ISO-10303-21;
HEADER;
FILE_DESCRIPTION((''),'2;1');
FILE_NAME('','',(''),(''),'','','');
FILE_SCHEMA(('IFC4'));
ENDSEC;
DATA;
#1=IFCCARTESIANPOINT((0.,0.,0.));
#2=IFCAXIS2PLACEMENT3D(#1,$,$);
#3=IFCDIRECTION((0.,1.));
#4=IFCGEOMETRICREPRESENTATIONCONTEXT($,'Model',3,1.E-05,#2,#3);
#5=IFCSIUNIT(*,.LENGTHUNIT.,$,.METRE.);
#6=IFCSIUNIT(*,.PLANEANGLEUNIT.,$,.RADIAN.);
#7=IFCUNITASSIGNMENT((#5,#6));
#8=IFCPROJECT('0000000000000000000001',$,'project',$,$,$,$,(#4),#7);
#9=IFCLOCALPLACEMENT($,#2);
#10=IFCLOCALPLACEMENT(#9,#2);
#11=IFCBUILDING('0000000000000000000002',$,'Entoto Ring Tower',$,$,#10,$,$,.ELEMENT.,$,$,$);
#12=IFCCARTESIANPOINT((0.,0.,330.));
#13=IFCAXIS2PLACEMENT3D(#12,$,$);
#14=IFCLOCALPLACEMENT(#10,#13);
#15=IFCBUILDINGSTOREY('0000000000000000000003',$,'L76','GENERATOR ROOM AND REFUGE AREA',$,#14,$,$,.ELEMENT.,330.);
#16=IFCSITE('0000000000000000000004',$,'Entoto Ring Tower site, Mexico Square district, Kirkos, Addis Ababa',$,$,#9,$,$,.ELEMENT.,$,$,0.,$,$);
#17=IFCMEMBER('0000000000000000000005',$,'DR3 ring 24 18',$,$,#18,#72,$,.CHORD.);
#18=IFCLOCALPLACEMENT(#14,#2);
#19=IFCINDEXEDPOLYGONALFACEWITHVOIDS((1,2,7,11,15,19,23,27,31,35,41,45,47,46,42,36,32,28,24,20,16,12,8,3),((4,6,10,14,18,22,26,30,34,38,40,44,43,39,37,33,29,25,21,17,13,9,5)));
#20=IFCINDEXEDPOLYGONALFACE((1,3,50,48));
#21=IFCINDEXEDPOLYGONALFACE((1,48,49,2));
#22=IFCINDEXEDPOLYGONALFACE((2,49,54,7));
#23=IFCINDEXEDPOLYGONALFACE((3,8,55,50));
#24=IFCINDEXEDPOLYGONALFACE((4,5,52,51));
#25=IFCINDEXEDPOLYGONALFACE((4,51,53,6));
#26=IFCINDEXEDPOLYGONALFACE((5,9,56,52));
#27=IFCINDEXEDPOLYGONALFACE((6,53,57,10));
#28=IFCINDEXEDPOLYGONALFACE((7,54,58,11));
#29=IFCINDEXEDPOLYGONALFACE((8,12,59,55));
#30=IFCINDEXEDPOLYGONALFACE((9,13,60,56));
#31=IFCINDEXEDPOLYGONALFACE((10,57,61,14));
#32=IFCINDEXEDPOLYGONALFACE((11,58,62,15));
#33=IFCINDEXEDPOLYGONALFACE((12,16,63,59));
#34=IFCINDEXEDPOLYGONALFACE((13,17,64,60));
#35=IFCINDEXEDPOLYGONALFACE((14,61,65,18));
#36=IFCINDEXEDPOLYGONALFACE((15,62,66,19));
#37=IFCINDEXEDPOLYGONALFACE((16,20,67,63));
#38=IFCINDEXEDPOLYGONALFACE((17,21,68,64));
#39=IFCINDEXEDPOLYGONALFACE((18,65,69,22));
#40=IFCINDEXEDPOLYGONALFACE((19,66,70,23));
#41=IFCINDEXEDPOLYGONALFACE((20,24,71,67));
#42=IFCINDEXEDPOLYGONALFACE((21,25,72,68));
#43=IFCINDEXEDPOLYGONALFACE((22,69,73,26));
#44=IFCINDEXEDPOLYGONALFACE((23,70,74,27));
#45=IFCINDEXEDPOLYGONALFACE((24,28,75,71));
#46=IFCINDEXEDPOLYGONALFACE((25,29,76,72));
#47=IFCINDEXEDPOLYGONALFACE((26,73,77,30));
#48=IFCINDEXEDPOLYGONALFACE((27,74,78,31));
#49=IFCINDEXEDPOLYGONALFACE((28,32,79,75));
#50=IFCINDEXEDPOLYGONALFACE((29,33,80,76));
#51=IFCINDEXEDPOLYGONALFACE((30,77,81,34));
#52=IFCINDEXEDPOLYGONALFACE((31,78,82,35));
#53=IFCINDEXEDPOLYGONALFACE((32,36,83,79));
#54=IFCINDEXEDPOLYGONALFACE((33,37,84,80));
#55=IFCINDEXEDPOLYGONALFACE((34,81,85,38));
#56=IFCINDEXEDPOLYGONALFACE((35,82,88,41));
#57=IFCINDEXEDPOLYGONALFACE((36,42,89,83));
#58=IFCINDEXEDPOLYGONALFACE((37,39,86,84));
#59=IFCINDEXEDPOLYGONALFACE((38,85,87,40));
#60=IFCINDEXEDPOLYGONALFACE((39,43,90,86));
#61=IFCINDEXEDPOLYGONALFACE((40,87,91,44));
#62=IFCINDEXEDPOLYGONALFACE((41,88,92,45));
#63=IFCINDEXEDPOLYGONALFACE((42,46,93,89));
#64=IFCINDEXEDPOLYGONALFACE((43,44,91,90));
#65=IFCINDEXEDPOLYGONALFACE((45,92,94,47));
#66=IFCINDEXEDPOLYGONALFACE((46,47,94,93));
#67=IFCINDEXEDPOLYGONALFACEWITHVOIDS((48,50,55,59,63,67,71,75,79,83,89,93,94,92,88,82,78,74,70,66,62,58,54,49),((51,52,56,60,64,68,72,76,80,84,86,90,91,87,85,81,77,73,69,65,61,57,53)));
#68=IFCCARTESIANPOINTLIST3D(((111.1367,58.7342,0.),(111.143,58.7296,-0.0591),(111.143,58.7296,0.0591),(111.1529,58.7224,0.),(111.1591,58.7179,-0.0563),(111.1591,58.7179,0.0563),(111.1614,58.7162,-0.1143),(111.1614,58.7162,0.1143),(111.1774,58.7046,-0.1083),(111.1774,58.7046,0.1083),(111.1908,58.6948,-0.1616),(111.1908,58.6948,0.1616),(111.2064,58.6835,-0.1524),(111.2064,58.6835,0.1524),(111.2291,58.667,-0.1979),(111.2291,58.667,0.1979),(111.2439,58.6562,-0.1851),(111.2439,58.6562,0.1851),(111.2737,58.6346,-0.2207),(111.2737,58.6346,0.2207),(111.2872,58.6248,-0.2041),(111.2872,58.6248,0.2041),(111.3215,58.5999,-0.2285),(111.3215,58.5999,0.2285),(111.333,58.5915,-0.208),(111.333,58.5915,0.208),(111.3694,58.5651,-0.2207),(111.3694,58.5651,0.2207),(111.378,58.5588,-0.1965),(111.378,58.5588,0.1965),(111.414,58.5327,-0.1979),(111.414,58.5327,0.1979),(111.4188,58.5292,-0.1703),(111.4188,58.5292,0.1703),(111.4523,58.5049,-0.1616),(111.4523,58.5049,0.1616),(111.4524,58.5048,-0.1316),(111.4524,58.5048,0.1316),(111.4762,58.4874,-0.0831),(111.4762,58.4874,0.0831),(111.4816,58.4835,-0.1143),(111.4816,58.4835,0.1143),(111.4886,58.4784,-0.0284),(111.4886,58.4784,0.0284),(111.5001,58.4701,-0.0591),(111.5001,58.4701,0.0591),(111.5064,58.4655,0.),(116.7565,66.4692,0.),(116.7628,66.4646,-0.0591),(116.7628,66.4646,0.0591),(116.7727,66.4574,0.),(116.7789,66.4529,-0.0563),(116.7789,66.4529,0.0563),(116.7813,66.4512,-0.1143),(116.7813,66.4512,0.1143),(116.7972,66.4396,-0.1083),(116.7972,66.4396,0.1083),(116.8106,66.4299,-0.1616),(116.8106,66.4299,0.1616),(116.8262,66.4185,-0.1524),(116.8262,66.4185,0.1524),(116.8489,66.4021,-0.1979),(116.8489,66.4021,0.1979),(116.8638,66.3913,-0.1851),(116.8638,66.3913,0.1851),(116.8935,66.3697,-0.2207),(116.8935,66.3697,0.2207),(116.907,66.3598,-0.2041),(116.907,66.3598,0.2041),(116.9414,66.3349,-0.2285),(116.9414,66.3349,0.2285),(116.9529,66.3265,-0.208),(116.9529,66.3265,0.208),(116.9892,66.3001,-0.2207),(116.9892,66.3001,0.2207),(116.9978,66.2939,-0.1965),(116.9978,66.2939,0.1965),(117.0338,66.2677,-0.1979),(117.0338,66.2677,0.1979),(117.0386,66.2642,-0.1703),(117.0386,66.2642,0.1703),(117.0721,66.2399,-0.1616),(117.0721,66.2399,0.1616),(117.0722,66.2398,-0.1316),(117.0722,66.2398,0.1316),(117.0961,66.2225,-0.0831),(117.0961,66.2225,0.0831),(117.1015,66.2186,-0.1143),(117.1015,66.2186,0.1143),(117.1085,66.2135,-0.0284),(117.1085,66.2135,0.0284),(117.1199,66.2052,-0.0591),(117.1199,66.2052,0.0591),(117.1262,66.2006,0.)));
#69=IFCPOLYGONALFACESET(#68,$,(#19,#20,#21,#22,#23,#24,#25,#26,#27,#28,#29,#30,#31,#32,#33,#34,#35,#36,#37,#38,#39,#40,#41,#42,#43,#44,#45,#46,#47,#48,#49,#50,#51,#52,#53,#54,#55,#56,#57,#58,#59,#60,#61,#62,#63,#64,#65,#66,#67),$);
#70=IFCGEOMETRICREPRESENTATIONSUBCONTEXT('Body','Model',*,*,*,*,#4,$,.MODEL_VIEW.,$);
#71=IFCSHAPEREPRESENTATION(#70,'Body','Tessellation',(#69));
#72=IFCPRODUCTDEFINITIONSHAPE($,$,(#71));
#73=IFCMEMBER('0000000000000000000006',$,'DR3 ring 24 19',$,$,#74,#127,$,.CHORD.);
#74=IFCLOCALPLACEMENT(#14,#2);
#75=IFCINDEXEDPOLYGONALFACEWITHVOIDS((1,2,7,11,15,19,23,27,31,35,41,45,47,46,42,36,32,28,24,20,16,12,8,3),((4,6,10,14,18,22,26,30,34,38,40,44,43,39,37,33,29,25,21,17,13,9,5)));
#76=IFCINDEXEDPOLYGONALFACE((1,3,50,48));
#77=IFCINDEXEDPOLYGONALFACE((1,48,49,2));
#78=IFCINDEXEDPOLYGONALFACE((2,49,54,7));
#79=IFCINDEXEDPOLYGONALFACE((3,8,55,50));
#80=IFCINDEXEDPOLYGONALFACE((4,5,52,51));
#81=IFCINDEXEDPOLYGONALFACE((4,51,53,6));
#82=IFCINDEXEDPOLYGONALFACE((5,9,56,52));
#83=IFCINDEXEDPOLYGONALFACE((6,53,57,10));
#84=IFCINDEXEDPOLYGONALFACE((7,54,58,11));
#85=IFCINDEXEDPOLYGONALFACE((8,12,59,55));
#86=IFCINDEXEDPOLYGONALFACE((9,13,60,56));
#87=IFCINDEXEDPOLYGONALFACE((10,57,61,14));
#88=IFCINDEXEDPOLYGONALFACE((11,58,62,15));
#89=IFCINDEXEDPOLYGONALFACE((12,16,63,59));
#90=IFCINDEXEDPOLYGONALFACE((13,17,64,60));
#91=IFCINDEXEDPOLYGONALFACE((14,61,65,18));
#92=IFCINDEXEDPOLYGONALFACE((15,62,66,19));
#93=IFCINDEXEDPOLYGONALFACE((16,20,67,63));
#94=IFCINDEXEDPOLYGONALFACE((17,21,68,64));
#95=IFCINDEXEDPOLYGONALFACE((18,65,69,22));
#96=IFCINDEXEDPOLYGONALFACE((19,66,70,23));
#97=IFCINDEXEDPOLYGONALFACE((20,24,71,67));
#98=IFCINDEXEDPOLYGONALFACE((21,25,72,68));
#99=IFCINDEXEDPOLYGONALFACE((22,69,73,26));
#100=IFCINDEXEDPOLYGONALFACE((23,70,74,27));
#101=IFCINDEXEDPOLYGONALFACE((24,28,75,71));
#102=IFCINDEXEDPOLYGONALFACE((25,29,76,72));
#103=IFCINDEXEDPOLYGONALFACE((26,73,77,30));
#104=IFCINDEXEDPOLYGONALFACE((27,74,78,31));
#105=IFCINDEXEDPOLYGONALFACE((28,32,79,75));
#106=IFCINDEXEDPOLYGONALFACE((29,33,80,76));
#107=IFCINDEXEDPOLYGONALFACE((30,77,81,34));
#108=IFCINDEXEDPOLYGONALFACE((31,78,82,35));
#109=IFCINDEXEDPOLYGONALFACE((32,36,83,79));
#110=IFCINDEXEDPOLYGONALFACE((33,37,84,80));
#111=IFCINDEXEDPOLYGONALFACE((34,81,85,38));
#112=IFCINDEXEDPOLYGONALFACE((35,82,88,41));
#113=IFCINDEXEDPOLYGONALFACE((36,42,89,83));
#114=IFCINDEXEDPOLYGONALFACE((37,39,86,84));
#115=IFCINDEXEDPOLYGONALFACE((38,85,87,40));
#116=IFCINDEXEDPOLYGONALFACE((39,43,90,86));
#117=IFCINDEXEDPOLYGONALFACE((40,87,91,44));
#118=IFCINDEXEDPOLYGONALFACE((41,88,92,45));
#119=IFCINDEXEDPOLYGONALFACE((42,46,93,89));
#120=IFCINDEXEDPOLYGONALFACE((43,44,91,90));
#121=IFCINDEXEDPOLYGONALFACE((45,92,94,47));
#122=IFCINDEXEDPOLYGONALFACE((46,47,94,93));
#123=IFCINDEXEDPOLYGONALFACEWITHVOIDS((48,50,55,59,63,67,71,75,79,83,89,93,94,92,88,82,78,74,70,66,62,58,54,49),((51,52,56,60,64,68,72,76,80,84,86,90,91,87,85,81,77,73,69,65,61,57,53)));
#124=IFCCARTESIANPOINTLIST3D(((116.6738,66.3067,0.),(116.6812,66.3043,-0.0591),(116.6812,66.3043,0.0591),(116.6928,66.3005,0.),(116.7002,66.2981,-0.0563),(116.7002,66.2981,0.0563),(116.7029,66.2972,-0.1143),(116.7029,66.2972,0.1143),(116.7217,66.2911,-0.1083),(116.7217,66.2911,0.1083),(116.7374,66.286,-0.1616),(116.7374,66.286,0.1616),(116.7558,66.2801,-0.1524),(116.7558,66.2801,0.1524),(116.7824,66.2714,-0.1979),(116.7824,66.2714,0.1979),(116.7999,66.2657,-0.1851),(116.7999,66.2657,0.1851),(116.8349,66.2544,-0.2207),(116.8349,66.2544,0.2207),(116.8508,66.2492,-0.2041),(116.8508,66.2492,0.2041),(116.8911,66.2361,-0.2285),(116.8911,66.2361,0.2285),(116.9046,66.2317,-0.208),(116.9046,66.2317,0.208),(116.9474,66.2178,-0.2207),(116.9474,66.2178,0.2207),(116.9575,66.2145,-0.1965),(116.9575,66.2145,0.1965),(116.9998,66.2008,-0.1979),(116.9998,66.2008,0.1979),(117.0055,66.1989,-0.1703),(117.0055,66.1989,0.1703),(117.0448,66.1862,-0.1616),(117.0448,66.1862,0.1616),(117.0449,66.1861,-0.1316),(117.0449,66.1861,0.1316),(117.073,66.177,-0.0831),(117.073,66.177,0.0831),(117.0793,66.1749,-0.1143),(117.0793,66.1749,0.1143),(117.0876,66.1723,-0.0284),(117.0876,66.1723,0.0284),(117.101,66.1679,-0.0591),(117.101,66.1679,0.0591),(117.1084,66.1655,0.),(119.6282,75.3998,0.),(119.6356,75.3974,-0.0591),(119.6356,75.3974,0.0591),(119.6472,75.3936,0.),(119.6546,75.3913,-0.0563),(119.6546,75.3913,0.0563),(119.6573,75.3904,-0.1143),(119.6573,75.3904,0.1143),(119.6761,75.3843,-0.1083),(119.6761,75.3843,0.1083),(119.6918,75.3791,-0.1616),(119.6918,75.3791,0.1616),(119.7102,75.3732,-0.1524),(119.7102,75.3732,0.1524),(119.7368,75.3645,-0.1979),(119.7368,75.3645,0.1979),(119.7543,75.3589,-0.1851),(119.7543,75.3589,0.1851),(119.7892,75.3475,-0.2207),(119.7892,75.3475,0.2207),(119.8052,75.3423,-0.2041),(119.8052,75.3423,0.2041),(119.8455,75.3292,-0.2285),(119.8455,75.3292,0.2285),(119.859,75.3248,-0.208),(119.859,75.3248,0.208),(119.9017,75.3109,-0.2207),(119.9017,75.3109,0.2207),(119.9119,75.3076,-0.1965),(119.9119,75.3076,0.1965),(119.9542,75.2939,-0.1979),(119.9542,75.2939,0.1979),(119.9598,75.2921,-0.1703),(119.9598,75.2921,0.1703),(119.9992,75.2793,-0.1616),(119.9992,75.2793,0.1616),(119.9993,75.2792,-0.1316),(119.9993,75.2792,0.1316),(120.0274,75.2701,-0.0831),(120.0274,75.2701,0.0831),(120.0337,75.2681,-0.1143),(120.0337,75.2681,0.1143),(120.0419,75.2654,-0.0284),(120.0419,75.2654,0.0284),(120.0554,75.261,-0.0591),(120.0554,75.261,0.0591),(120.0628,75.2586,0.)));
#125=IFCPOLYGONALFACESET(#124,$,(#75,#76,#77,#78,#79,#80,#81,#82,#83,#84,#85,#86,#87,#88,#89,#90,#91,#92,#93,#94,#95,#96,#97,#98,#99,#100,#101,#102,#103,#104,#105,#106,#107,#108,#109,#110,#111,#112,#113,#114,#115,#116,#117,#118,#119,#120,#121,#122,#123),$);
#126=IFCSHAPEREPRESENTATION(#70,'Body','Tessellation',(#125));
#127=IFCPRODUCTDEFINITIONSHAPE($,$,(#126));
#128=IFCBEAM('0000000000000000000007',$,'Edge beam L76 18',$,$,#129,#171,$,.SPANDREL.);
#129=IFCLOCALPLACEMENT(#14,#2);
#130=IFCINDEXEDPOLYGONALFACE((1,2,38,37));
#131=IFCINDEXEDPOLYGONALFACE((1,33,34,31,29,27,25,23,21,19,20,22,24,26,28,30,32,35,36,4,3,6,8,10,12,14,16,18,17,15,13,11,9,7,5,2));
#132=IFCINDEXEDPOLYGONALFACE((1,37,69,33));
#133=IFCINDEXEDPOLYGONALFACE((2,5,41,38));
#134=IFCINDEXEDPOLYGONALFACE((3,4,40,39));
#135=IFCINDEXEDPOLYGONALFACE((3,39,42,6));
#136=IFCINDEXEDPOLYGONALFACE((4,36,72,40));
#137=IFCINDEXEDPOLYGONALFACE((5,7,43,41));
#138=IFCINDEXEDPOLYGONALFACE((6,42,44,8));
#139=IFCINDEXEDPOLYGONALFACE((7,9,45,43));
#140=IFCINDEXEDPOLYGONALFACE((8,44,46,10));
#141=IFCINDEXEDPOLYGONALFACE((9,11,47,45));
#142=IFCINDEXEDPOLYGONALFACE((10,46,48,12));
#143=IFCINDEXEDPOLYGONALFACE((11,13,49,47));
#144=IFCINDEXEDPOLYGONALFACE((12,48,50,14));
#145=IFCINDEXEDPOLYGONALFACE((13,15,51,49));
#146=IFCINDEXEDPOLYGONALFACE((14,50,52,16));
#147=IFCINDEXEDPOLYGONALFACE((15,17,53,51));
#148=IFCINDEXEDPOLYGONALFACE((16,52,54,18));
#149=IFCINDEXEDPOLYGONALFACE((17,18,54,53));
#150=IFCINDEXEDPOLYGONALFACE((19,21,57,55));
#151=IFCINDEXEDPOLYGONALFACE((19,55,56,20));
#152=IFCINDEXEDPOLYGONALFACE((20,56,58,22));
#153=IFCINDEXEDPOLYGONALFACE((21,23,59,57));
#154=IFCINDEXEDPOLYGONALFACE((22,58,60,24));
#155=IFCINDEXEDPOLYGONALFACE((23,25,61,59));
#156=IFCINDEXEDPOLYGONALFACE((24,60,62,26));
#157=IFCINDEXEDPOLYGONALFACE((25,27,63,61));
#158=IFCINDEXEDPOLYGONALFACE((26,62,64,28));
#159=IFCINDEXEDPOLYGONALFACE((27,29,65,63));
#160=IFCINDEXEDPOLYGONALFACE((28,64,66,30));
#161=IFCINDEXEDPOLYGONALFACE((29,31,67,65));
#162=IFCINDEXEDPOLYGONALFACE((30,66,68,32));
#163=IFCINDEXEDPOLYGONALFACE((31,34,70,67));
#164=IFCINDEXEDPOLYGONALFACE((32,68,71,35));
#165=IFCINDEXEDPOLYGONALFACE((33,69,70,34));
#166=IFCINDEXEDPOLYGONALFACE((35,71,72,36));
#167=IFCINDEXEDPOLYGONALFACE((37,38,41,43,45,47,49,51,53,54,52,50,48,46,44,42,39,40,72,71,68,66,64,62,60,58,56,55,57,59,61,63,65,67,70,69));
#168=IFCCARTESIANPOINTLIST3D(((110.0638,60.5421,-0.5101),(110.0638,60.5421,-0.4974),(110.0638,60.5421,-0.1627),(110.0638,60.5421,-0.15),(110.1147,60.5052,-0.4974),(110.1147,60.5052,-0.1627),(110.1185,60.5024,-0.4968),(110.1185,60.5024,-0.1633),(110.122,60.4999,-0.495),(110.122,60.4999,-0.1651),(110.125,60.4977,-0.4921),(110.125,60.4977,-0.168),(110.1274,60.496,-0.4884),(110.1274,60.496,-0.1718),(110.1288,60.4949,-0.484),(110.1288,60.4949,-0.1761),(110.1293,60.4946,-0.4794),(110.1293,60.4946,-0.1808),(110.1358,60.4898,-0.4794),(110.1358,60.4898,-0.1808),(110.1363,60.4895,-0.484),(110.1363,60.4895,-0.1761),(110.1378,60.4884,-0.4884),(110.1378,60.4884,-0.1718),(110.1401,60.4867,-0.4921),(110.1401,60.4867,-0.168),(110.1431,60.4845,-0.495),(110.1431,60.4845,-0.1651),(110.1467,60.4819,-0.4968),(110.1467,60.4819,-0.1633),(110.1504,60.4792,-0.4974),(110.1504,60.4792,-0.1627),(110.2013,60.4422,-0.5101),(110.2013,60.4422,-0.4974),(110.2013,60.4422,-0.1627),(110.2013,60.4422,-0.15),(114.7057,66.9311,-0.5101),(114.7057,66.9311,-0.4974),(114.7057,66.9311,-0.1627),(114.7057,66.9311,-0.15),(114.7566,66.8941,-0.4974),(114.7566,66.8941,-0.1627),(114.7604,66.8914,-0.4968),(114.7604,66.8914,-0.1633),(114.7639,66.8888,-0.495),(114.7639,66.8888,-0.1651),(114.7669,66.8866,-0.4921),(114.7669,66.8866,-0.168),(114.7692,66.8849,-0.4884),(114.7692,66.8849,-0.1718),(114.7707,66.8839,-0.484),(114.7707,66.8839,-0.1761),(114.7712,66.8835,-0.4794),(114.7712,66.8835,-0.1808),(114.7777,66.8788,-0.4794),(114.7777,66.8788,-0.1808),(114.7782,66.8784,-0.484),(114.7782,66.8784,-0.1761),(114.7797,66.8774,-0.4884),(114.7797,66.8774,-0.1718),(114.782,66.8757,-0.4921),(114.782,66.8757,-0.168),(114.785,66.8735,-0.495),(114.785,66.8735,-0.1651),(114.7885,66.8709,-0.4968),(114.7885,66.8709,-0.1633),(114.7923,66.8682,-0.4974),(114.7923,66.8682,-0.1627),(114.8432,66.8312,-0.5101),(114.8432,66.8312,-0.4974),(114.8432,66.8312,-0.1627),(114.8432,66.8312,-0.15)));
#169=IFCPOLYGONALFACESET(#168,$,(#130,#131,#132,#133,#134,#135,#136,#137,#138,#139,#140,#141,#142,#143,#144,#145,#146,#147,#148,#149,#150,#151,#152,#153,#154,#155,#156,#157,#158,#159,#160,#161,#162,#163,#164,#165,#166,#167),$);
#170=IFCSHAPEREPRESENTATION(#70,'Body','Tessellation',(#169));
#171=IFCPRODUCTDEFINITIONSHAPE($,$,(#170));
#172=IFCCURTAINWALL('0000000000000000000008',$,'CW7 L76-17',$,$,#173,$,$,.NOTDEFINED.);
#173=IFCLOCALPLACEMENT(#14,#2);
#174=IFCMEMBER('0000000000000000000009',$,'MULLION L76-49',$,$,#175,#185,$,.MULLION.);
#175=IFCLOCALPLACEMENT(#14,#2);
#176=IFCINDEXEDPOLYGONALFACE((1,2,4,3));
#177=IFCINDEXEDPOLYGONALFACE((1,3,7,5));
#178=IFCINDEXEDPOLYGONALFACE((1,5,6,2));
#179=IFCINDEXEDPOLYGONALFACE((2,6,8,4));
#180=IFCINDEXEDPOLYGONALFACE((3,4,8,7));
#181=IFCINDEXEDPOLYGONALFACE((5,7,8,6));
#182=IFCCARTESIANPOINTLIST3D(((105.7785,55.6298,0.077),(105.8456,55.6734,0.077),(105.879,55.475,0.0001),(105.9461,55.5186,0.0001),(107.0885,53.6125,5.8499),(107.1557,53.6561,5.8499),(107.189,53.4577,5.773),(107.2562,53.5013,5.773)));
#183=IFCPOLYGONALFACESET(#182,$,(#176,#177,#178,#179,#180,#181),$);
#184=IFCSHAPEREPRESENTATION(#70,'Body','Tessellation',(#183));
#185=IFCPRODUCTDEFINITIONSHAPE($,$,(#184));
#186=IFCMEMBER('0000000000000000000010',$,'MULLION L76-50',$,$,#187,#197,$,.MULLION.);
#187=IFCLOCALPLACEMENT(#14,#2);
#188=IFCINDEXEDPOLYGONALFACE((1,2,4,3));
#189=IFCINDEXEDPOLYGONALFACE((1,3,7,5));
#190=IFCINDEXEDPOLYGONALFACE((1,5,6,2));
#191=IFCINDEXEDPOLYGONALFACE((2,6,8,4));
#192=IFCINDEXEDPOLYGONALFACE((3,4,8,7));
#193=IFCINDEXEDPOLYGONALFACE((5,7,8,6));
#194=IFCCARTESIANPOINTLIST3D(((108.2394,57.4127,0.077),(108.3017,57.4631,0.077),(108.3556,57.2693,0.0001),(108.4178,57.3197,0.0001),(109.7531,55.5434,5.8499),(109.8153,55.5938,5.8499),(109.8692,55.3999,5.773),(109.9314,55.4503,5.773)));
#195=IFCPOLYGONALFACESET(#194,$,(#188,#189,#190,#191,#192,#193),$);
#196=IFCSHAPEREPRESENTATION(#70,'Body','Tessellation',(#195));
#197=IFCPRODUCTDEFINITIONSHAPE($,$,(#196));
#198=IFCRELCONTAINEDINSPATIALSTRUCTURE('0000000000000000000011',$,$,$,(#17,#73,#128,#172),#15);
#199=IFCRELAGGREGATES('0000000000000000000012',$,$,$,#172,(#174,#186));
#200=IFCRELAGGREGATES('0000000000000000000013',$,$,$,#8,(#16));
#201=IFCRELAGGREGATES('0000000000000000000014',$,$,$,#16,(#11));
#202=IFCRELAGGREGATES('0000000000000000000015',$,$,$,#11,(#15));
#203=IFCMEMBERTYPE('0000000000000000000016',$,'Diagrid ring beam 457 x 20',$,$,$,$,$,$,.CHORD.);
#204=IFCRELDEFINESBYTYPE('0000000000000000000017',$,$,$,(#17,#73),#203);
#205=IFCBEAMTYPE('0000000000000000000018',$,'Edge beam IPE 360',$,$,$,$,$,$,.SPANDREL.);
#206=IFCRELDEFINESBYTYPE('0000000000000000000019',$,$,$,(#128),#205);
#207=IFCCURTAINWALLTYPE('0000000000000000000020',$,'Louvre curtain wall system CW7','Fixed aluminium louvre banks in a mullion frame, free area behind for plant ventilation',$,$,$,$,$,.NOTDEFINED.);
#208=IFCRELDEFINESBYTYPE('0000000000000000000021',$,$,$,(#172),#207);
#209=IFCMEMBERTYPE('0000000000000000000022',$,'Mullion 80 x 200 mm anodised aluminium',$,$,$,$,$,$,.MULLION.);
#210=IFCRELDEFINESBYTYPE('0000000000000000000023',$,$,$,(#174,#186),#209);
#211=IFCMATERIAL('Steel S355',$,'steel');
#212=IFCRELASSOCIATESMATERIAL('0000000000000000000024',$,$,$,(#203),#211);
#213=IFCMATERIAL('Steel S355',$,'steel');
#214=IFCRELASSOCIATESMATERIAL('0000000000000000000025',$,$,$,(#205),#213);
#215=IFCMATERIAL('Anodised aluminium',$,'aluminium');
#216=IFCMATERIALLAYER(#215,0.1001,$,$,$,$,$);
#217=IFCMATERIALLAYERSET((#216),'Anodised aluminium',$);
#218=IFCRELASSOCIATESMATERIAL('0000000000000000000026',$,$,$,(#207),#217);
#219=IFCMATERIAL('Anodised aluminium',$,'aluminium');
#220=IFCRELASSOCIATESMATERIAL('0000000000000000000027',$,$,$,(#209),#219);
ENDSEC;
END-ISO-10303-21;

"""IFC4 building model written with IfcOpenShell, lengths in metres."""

from ifc_helpers import new_model, si_unit, direction, frame, origin, origin_2d, place, context, subcontext, project, spatial, rectangle, circle, hollow_circle, i_section, extrude, material, layer, layer_set, material_profile, profile_set, type_object, element, aggregate, save


model = new_model("IFC4")

# Units and contexts
model_context = context("Model", 3, precision=1e-05, world=origin(), true_north=direction((0.0, 1.0)))
body_context = subcontext(model_context, "Body", "Model", "MODEL_VIEW")
ifc_project = project(units=[si_unit("LENGTHUNIT", "METRE"), si_unit("PLANEANGLEUNIT", "RADIAN")], contexts=[model_context])

# Site, building, storey
site_placement = place(None, origin())
site = spatial("IfcSite", under=ifc_project, at=site_placement, Name="Entoto Ring Tower site, Mexico Square district, Kirkos, Addis Ababa", CompositionType="ELEMENT", RefElevation=0.0)
building_placement = place(site_placement, origin())
building = spatial("IfcBuilding", under=site, at=building_placement, Name="Entoto Ring Tower", CompositionType="ELEMENT")
storey_placement = place(building_placement, frame((0.0, 0.0, 330.0)))
storey = spatial("IfcBuildingStorey", under=building, at=storey_placement, Name="L76", Description="GENERATOR ROOM AND REFUGE AREA", CompositionType="ELEMENT", Elevation=330.0)

# Members
ifc_material_1 = material(Name="Steel S355", Category="steel")
ifc_material_profile_1 = material_profile(ifc_material_1, hollow_circle(Radius=0.2285, WallThickness=0.02, at=origin_2d()), Name="CHS 457 x 20")
ifc_material_2 = material(Name="Concrete C60/75", Category="concrete")
ifc_material_profile_2 = material_profile(ifc_material_2, circle(Radius=0.2085, at=origin_2d()), Name="Concrete C60/75 infill")
ifc_profile_set_1 = profile_set([ifc_material_profile_1, ifc_material_profile_2], Name="Steel S355")
member_type_1 = type_object("IfcMemberType", Name="Diagrid ring beam 457 x 20", PredefinedType="CHORD", material=ifc_profile_set_1)
for number, where, z_axis, x_axis, name in (
    (1, (111.3215, 58.5999, 0.0), (0.587784, 0.809018, 0.0), (-0.809018, 0.587784, 0.0), "DR3 ring 24 18"),
    (2, (116.8911, 66.2361, 0.0), (0.309002, 0.951061, 0.0), (-0.951061, 0.309002, 0.0), "DR3 ring 24 19"),
):
    element("IfcMember", number, at=place(storey_placement, frame(where, z_axis=z_axis, x_axis=x_axis)), inside=storey, type_object=member_type_1, Name=name, PredefinedType="CHORD", context=body_context, shape_type="SweptSolid", body=[
        extrude(hollow_circle(Radius=0.2285, WallThickness=0.02, at=origin_2d()), origin(), (0.0, 0.0, 1.0), 9.561),
    ])

# Beam
ifc_material_3 = material(Name="Steel S355", Category="steel")
ifc_material_profile_3 = material_profile(ifc_material_3, i_section(OverallWidth=0.1699, OverallDepth=0.3601, WebThickness=0.0081, FlangeThickness=0.0127, FilletRadius=0.0181, at=origin_2d()), Name="IPE 360")
ifc_profile_set_2 = profile_set([ifc_material_profile_3], Name="Steel S355")
beam_type = type_object("IfcBeamType", Name="Edge beam IPE 360", PredefinedType="SPANDREL", material=ifc_profile_set_2)
beam_placement = place(storey_placement, frame((110.1326, 60.4922, -0.3301), z_axis=(0.587787, 0.809015, 0.0), x_axis=(-0.809015, 0.587787, 0.0)))
element("IfcBeam", 3, at=beam_placement, inside=storey, type_object=beam_type, Name="Edge beam L76 18", PredefinedType="SPANDREL", context=body_context, shape_type="SweptSolid", body=[
    extrude(i_section(OverallWidth=0.1699, OverallDepth=0.3601, WebThickness=0.0081, FlangeThickness=0.0127, FilletRadius=0.0181, at=origin_2d()), origin(), (0.0, 0.0, 1.0), 7.8972),
])

# Curtain wall, members
ifc_material_4 = material(Name="Anodised aluminium", Category="aluminium")
ifc_layer_1 = layer(ifc_material_4, 0.1001)
ifc_layer_set_1 = layer_set([ifc_layer_1], Name="Anodised aluminium")
curtain_wall_type = type_object("IfcCurtainWallType", Name="Louvre curtain wall system CW7", Description="Fixed aluminium louvre banks in a mullion frame, free area behind for plant ventilation", PredefinedType="NOTDEFINED", material=ifc_layer_set_1)
curtain_wall_1_placement = place(storey_placement, origin())
curtain_wall_1 = element("IfcCurtainWall", 4, at=curtain_wall_1_placement, inside=storey, type_object=curtain_wall_type, Name="CW7 L76-17", PredefinedType="NOTDEFINED")
ifc_material_5 = material(Name="Anodised aluminium", Category="aluminium")
ifc_material_profile_4 = material_profile(ifc_material_5, rectangle(XDim=0.0801, YDim=0.2, at=origin_2d()), Name="Mullion 80 x 200 mm anodised aluminium")
ifc_profile_set_3 = profile_set([ifc_material_profile_4], Name="Anodised aluminium")
member_type_2 = type_object("IfcMemberType", Name="Mullion 80 x 200 mm anodised aluminium", PredefinedType="MULLION", material=ifc_profile_set_3)
member_1_placement = place(storey_placement, frame((105.8623, 55.5742, 0.0386), z_axis=(0.209474, -0.322566, 0.923077), x_axis=(0.838673, 0.544635, 0.0)))
member_1 = element("IfcMember", 5, at=member_1_placement, type_object=member_type_2, Name="MULLION L76-49", PredefinedType="MULLION", context=body_context, shape_type="SweptSolid", body=[
    extrude(rectangle(XDim=0.0801, YDim=0.2, at=origin_2d()), origin(), (0.0, 0.0, 1.0), 6.2539),
])
member_2_placement = place(storey_placement, frame((108.3286, 57.3662, 0.0386), z_axis=(0.242032, -0.298909, 0.923078), x_axis=(0.777172, 0.629289, 0.0)))
member_2 = element("IfcMember", 6, at=member_2_placement, type_object=member_type_2, Name="MULLION L76-50", PredefinedType="MULLION", context=body_context, shape_type="SweptSolid", body=[
    extrude(rectangle(XDim=0.0801, YDim=0.2, at=origin_2d()), origin(), (0.0, 0.0, 1.0), 6.2539),
])
aggregate(curtain_wall_1, [member_1, member_2])

save(model, "model.ifc")
